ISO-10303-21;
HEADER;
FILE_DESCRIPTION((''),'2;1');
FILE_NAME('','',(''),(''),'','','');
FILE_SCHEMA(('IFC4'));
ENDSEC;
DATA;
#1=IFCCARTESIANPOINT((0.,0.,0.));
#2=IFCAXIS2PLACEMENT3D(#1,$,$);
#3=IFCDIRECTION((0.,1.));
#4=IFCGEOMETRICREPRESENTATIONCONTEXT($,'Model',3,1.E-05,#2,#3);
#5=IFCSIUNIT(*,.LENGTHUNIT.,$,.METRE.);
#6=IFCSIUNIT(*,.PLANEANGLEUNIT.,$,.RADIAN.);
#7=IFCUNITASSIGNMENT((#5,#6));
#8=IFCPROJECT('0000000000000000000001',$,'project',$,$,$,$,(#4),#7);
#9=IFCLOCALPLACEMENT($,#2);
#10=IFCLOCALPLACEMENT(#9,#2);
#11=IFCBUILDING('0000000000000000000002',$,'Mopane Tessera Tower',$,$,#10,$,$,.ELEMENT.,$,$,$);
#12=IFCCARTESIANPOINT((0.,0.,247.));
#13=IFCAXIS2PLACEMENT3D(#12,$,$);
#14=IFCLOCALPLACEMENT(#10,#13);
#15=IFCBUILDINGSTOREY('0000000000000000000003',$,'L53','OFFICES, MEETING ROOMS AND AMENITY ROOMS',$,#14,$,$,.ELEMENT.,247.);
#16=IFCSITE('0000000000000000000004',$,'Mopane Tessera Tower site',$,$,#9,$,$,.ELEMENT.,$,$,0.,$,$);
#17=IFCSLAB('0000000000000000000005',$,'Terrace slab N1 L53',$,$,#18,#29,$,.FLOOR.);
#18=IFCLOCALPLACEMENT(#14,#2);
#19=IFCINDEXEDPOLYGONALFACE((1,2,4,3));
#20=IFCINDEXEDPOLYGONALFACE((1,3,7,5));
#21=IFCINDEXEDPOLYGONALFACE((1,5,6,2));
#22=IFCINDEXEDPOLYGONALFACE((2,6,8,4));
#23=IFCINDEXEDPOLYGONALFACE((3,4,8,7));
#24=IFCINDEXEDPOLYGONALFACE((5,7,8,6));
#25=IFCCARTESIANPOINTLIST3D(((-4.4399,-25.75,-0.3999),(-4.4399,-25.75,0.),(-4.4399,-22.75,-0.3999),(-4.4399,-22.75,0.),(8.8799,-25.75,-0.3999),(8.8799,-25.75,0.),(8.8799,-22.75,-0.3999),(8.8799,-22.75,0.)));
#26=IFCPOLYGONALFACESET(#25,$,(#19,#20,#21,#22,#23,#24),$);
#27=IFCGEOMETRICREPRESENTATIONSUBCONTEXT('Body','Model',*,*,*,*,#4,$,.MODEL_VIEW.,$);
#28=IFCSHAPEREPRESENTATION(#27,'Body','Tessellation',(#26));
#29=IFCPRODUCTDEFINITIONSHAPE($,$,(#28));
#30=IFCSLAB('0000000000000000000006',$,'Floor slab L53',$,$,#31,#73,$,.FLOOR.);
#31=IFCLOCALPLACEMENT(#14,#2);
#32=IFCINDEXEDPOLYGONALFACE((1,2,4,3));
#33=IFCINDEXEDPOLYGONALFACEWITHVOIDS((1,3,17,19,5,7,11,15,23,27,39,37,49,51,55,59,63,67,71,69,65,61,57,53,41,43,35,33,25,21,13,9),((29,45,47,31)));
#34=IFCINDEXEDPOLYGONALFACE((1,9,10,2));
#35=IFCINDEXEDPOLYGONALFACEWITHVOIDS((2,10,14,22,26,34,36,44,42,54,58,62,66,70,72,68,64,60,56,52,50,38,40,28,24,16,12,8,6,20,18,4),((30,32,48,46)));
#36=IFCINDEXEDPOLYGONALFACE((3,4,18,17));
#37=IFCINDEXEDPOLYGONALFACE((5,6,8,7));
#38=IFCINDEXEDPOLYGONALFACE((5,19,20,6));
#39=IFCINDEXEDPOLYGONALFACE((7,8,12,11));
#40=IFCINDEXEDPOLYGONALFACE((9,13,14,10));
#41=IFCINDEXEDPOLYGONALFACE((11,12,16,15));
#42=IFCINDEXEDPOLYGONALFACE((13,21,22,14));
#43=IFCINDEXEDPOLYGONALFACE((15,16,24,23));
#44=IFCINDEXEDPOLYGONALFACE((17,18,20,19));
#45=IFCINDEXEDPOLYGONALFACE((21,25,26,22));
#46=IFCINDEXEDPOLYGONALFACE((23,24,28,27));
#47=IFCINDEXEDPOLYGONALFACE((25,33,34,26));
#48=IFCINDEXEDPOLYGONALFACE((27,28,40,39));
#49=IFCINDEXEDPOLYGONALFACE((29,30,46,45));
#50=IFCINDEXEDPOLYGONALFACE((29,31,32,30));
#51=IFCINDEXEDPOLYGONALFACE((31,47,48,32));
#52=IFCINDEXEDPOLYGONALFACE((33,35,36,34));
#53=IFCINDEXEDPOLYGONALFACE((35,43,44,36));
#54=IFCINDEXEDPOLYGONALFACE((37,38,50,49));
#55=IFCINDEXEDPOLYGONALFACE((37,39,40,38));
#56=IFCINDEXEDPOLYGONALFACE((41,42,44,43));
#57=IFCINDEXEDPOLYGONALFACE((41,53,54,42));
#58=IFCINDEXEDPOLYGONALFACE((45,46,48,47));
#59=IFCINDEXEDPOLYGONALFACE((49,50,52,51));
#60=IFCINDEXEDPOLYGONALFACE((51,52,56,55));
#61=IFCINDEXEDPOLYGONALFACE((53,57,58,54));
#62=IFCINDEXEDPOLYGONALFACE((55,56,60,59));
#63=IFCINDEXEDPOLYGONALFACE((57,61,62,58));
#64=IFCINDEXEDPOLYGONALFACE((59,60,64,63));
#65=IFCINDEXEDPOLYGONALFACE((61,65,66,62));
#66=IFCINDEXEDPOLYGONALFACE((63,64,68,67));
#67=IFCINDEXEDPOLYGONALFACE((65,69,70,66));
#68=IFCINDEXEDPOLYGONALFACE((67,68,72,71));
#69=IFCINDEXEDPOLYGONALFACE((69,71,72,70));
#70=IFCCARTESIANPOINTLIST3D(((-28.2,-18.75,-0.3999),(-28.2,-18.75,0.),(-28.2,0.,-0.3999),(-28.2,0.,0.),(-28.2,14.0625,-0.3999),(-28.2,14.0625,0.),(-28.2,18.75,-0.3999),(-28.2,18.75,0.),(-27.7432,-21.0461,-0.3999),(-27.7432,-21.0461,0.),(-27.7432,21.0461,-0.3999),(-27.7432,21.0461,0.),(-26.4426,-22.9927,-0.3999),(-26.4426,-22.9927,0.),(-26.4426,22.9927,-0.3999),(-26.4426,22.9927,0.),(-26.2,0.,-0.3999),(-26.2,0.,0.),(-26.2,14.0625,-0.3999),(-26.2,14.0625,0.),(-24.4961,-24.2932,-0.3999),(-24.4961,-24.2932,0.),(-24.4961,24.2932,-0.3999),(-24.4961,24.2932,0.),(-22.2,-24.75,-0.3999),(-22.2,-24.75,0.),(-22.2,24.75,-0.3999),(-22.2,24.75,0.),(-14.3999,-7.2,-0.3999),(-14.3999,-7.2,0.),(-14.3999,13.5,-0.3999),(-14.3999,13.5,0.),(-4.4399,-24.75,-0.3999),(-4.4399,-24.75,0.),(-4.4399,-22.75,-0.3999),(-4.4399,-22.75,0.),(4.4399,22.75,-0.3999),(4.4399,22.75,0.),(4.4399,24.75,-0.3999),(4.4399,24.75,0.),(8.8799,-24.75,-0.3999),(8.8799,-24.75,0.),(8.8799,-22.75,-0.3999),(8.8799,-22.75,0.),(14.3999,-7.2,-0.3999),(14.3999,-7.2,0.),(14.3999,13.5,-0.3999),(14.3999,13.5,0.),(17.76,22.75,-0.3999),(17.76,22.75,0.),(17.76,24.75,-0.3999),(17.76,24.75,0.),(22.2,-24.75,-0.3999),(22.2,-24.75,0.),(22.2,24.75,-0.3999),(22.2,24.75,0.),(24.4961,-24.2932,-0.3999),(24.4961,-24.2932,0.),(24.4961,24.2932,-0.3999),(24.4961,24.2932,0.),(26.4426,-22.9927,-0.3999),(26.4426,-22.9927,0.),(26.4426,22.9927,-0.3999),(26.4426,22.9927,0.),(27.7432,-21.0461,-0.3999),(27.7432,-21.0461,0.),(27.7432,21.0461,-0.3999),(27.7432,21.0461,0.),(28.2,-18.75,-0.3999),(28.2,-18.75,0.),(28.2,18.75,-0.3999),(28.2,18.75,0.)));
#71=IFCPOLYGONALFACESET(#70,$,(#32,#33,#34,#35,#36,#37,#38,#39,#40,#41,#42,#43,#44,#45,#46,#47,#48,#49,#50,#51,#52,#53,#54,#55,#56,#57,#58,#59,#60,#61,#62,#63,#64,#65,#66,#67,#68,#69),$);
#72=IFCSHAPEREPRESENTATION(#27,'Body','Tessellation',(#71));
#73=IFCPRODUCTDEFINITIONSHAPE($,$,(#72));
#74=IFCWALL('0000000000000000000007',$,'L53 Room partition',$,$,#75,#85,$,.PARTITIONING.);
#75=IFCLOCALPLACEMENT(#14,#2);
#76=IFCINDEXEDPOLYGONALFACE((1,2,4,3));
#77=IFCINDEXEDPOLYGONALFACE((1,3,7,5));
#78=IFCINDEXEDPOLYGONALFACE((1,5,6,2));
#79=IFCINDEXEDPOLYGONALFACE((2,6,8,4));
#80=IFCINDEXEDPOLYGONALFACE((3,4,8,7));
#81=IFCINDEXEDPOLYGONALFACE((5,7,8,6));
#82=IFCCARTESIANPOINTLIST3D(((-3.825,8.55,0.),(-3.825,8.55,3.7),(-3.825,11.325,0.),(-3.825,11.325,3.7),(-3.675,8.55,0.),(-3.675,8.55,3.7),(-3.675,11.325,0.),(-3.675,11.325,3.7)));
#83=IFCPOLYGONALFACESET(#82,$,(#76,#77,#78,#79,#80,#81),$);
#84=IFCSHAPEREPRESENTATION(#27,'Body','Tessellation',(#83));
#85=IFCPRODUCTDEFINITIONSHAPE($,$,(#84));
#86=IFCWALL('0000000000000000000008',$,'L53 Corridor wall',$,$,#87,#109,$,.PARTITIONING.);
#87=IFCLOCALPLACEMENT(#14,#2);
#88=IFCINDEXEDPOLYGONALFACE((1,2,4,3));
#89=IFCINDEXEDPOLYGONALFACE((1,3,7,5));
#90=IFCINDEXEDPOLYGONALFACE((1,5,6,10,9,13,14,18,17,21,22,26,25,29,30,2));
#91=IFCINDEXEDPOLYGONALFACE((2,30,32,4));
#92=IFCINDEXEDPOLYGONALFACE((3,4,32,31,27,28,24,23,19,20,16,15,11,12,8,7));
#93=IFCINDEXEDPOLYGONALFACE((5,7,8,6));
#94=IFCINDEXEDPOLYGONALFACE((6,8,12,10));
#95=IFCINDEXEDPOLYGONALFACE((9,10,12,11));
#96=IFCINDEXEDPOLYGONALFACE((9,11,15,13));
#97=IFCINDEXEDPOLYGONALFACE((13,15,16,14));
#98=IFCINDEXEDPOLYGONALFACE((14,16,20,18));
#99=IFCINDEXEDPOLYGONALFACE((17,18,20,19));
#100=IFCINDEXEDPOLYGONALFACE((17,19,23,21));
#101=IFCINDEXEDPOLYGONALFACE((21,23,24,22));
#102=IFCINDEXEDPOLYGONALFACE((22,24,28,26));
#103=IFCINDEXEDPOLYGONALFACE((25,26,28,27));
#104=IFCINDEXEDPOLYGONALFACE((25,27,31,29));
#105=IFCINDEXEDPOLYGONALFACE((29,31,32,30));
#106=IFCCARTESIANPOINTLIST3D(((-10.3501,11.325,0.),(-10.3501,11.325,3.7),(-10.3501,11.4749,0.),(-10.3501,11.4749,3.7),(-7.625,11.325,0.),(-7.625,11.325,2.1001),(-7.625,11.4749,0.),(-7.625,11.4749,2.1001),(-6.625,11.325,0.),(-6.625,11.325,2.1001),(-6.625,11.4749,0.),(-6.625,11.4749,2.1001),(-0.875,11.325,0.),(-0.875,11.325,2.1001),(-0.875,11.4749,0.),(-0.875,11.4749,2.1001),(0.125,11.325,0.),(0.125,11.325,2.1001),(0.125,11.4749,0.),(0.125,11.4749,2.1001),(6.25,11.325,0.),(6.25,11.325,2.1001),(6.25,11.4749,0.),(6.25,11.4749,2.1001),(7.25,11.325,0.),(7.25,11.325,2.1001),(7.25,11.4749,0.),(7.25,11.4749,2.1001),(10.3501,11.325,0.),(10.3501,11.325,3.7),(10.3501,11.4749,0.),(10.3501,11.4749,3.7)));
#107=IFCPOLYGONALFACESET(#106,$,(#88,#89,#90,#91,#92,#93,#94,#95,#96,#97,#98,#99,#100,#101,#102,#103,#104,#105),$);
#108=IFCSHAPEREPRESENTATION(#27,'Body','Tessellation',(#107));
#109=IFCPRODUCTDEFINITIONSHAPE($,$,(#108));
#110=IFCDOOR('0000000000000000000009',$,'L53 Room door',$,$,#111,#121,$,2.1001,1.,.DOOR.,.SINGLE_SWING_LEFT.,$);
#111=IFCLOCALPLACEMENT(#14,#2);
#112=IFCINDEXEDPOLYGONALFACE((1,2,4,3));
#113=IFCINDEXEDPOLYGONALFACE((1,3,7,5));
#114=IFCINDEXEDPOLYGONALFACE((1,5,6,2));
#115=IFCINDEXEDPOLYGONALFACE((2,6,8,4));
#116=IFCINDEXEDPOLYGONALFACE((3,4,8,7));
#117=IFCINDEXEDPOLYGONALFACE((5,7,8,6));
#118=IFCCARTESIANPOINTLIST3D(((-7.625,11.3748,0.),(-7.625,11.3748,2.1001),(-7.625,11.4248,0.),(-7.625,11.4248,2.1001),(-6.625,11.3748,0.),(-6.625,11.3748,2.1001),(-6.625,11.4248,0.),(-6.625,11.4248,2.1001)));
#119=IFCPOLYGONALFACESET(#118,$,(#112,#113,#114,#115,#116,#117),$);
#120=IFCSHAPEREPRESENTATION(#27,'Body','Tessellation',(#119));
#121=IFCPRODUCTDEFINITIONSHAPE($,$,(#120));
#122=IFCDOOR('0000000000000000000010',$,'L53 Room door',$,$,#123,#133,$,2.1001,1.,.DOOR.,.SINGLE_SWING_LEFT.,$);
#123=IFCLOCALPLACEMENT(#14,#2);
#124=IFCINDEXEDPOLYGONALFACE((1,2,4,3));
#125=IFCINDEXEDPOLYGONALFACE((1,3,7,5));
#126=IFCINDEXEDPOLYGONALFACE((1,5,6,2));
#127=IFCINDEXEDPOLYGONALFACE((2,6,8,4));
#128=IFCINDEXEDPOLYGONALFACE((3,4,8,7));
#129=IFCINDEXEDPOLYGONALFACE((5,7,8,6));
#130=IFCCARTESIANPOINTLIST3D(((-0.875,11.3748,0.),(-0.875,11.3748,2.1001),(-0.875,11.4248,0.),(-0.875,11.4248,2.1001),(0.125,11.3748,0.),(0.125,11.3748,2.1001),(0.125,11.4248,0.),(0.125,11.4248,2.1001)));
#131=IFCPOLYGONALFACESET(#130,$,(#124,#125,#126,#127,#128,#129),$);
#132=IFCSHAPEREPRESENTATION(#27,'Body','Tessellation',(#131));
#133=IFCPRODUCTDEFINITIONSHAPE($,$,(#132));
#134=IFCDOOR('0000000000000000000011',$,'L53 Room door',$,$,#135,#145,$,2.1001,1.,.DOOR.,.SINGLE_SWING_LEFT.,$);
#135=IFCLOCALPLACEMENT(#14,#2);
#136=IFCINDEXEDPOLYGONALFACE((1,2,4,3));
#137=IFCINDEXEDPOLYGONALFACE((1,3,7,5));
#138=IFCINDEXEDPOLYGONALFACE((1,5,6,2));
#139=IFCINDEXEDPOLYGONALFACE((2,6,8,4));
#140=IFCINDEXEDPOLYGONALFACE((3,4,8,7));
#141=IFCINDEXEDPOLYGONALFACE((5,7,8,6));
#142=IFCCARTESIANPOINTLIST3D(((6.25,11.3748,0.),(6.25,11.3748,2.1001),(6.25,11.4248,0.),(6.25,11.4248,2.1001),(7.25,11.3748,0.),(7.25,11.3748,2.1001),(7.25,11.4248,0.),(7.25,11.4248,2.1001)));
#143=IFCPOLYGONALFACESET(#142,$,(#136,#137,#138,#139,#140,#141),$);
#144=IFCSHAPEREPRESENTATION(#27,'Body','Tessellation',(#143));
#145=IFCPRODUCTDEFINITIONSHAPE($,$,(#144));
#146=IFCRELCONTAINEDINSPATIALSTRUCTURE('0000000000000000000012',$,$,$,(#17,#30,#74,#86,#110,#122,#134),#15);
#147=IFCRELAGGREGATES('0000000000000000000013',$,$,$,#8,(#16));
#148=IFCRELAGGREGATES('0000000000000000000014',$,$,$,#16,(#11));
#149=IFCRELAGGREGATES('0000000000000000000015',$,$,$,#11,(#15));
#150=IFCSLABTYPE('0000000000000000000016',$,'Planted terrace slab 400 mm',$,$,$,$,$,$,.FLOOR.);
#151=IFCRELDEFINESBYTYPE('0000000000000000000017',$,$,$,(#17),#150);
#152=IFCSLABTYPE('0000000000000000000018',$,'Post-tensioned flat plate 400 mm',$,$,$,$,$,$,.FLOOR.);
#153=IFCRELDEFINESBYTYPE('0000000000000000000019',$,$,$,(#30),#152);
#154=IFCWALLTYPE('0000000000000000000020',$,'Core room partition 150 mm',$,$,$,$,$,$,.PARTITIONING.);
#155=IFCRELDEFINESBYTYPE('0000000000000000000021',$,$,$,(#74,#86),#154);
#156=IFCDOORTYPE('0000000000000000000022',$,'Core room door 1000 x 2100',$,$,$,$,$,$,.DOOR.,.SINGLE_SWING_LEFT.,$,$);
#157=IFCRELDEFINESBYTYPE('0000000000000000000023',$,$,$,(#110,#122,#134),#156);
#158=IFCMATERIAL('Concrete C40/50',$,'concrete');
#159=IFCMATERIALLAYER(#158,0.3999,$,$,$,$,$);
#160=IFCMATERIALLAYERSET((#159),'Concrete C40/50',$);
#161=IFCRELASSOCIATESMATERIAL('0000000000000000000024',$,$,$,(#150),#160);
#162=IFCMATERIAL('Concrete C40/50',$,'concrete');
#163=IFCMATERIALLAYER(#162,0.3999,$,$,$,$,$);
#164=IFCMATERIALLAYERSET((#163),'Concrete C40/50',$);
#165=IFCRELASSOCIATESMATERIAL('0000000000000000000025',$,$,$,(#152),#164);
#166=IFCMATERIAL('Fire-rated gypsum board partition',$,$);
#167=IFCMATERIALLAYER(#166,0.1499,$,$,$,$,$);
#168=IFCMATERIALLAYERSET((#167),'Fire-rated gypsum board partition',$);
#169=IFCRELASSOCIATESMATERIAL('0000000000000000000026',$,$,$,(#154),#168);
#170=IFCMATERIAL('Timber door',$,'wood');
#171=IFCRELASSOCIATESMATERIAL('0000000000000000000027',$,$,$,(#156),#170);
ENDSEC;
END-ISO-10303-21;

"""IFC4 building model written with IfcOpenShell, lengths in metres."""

from ifc_helpers import new_model, si_unit, direction, frame, frame_2d, origin, place, context, subcontext, project, spatial, polyline, rectangle, outline, extrude, material, layer, layer_set, type_object, element, fill, save


model = new_model("IFC4")

# Units and contexts
model_context = context("Model", 3, precision=1e-05, world=origin(), true_north=direction((0.0, 1.0)))
body_context = subcontext(model_context, "Body", "Model", "MODEL_VIEW")
ifc_project = project(units=[si_unit("LENGTHUNIT", "METRE"), si_unit("PLANEANGLEUNIT", "RADIAN")], contexts=[model_context])

# Site, building, storey
site_placement = place(None, origin())
site = spatial("IfcSite", under=ifc_project, at=site_placement, Name="Mopane Tessera Tower site", CompositionType="ELEMENT", RefElevation=0.0)
building_placement = place(site_placement, origin())
building = spatial("IfcBuilding", under=site, at=building_placement, Name="Mopane Tessera Tower", CompositionType="ELEMENT")
storey_placement = place(building_placement, frame((0.0, 0.0, 247.0)))
storey = spatial("IfcBuildingStorey", under=building, at=storey_placement, Name="L53", Description="OFFICES, MEETING ROOMS AND AMENITY ROOMS", CompositionType="ELEMENT", Elevation=247.0)

# Slabs
ifc_material_1 = material(Name="Concrete C40/50", Category="concrete")
ifc_layer_1 = layer(ifc_material_1, 0.3999)
ifc_layer_set_1 = layer_set([ifc_layer_1], Name="Concrete C40/50")
slab_type_1 = type_object("IfcSlabType", Name="Planted terrace slab 400 mm", PredefinedType="FLOOR", material=ifc_layer_set_1)
slab_1_placement = place(storey_placement, frame((0.0, 0.0, -0.3999)))
element("IfcSlab", 1, at=slab_1_placement, inside=storey, type_object=slab_type_1, Name="Terrace slab N1 L53", PredefinedType="FLOOR", context=body_context, shape_type="SweptSolid", body=[
    extrude(outline(polyline([(8.8799, -25.75), (8.8799, -22.75), (-4.4399, -22.75), (-4.4399, -25.75), (8.8799, -25.75)])), origin(), (0.0, 0.0, 1.0), 0.3999),
])
ifc_material_2 = material(Name="Concrete C40/50", Category="concrete")
ifc_layer_2 = layer(ifc_material_2, 0.3999)
ifc_layer_set_2 = layer_set([ifc_layer_2], Name="Concrete C40/50")
slab_type_2 = type_object("IfcSlabType", Name="Post-tensioned flat plate 400 mm", PredefinedType="FLOOR", material=ifc_layer_set_2)
slab_2_placement = place(storey_placement, frame((0.0, 0.0, -0.3999)))
element("IfcSlab", 2, at=slab_2_placement, inside=storey, type_object=slab_type_2, Name="Floor slab L53", PredefinedType="FLOOR", context=body_context, shape_type="SweptSolid", body=[
    extrude(outline(polyline([(-22.2, -24.75), (-4.4399, -24.75), (-4.4399, -22.75), (8.8799, -22.75), (8.8799, -24.75), (22.2, -24.75), (24.4961, -24.2932), (26.4426, -22.9927), (27.7432, -21.0461), (28.2, -18.75), (28.2, 18.75), (27.7432, 21.0461), (26.4426, 22.9927), (24.4961, 24.2932), (22.2, 24.75), (17.76, 24.75), (17.76, 22.75), (4.4399, 22.75), (4.4399, 24.75), (-22.2, 24.75), (-24.4961, 24.2932), (-26.4426, 22.9927), (-27.7432, 21.0461), (-28.2, 18.75), (-28.2, 14.0625), (-26.2, 14.0625), (-26.2, 0.0), (-28.2, 0.0), (-28.2, -18.75), (-27.7432, -21.0461), (-26.4426, -22.9927), (-24.4961, -24.2932), (-22.2, -24.75)]), holes=[polyline([(14.3999, -7.2), (-14.3999, -7.2), (-14.3999, 13.5), (14.3999, 13.5), (14.3999, -7.2)])]), origin(), (0.0, 0.0, 1.0), 0.3999),
])

# Wall
ifc_material_3 = material(Name="Fire-rated gypsum board partition")
ifc_layer_3 = layer(ifc_material_3, 0.1499)
ifc_layer_set_3 = layer_set([ifc_layer_3], Name="Fire-rated gypsum board partition")
wall_type_1 = type_object("IfcWallType", Name="Core room partition 150 mm", PredefinedType="PARTITIONING", material=ifc_layer_set_3)
wall_1_placement = place(storey_placement, frame((-3.75, 8.55, 0.0), z_axis=(0.0, 0.0, 1.0), x_axis=(0.0, 1.0, 0.0)))
element("IfcWall", 3, at=wall_1_placement, inside=storey, type_object=wall_type_1, Name="L53 Room partition", PredefinedType="PARTITIONING", context=body_context, shape_type="SweptSolid", body=[
    extrude(rectangle(XDim=2.7749, YDim=0.1499, at=frame_2d((1.3875, 0.0))), origin(), (0.0, 0.0, 1.0), 3.7),
])

# Wall, openings, doors
wall_2_placement = place(storey_placement, frame((-10.3501, 11.3999, 0.0), z_axis=(0.0, 0.0, 1.0), x_axis=(1.0, 0.0, 0.0)))
wall_2 = element("IfcWall", 4, at=wall_2_placement, inside=storey, type_object=wall_type_1, Name="L53 Corridor wall", PredefinedType="PARTITIONING", context=body_context, shape_type="SweptSolid", body=[
    extrude(rectangle(XDim=20.7002, YDim=0.1499, at=frame_2d((10.3501, 0.0))), origin(), (0.0, 0.0, 1.0), 3.7),
])
opening_1_placement = place(wall_2_placement, frame((2.7251, 0.0, 0.0)))
opening_1 = element("IfcOpeningElement", 5, at=opening_1_placement, cuts=wall_2, PredefinedType="OPENING", context=body_context, shape_type="SweptSolid", body=[
    extrude(rectangle(XDim=1.0, YDim=2.1001, at=frame_2d((0.5, 1.05))), frame((0.0, 0.0869, 0.0), z_axis=(0.0, -1.0, 0.0), x_axis=(1.0, 0.0, 0.0)), (0.0, 0.0, 1.0), 0.1738),
])
opening_2_placement = place(wall_2_placement, frame((9.4751, 0.0, 0.0)))
opening_2 = element("IfcOpeningElement", 6, at=opening_2_placement, cuts=wall_2, PredefinedType="OPENING", context=body_context, shape_type="SweptSolid", body=[
    extrude(rectangle(XDim=1.0, YDim=2.1001, at=frame_2d((0.5, 1.05))), frame((0.0, 0.0869, 0.0), z_axis=(0.0, -1.0, 0.0), x_axis=(1.0, 0.0, 0.0)), (0.0, 0.0, 1.0), 0.1738),
])
opening_3_placement = place(wall_2_placement, frame((16.6001, 0.0, 0.0)))
opening_3 = element("IfcOpeningElement", 7, at=opening_3_placement, cuts=wall_2, PredefinedType="OPENING", context=body_context, shape_type="SweptSolid", body=[
    extrude(rectangle(XDim=1.0, YDim=2.1001, at=frame_2d((0.5, 1.05))), frame((0.0, 0.0869, 0.0), z_axis=(0.0, -1.0, 0.0), x_axis=(1.0, 0.0, 0.0)), (0.0, 0.0, 1.0), 0.1738),
])
ifc_material_4 = material(Name="Timber door", Category="wood")
door_type_1 = type_object("IfcDoorType", Name="Core room door 1000 x 2100", OperationType="SINGLE_SWING_LEFT", PredefinedType="DOOR", material=ifc_material_4)
door_1_placement = place(opening_1_placement, origin())
door_1 = element("IfcDoor", 8, at=door_1_placement, inside=storey, type_object=door_type_1, Name="L53 Room door", OperationType="SINGLE_SWING_LEFT", OverallHeight=2.1001, OverallWidth=1.0, PredefinedType="DOOR", context=body_context, shape_type="SweptSolid", body=[
    extrude(rectangle(XDim=1.0, YDim=2.1001, at=frame_2d((0.5, 1.05))), frame((0.0, 0.0249, 0.0), z_axis=(0.0, -1.0, 0.0), x_axis=(1.0, 0.0, 0.0)), (0.0, 0.0, 1.0), 0.05),
])
fill(opening_1, door_1)
door_2_placement = place(opening_2_placement, origin())
door_2 = element("IfcDoor", 9, at=door_2_placement, inside=storey, type_object=door_type_1, Name="L53 Room door", OperationType="SINGLE_SWING_LEFT", OverallHeight=2.1001, OverallWidth=1.0, PredefinedType="DOOR", context=body_context, shape_type="SweptSolid", body=[
    extrude(rectangle(XDim=1.0, YDim=2.1001, at=frame_2d((0.5, 1.05))), frame((0.0, 0.0249, 0.0), z_axis=(0.0, -1.0, 0.0), x_axis=(1.0, 0.0, 0.0)), (0.0, 0.0, 1.0), 0.05),
])
fill(opening_2, door_2)
door_3_placement = place(opening_3_placement, origin())
door_3 = element("IfcDoor", 10, at=door_3_placement, inside=storey, type_object=door_type_1, Name="L53 Room door", OperationType="SINGLE_SWING_LEFT", OverallHeight=2.1001, OverallWidth=1.0, PredefinedType="DOOR", context=body_context, shape_type="SweptSolid", body=[
    extrude(rectangle(XDim=1.0, YDim=2.1001, at=frame_2d((0.5, 1.05))), frame((0.0, 0.0249, 0.0), z_axis=(0.0, -1.0, 0.0), x_axis=(1.0, 0.0, 0.0)), (0.0, 0.0, 1.0), 0.05),
])
fill(opening_3, door_3)

save(model, "model.ifc")
